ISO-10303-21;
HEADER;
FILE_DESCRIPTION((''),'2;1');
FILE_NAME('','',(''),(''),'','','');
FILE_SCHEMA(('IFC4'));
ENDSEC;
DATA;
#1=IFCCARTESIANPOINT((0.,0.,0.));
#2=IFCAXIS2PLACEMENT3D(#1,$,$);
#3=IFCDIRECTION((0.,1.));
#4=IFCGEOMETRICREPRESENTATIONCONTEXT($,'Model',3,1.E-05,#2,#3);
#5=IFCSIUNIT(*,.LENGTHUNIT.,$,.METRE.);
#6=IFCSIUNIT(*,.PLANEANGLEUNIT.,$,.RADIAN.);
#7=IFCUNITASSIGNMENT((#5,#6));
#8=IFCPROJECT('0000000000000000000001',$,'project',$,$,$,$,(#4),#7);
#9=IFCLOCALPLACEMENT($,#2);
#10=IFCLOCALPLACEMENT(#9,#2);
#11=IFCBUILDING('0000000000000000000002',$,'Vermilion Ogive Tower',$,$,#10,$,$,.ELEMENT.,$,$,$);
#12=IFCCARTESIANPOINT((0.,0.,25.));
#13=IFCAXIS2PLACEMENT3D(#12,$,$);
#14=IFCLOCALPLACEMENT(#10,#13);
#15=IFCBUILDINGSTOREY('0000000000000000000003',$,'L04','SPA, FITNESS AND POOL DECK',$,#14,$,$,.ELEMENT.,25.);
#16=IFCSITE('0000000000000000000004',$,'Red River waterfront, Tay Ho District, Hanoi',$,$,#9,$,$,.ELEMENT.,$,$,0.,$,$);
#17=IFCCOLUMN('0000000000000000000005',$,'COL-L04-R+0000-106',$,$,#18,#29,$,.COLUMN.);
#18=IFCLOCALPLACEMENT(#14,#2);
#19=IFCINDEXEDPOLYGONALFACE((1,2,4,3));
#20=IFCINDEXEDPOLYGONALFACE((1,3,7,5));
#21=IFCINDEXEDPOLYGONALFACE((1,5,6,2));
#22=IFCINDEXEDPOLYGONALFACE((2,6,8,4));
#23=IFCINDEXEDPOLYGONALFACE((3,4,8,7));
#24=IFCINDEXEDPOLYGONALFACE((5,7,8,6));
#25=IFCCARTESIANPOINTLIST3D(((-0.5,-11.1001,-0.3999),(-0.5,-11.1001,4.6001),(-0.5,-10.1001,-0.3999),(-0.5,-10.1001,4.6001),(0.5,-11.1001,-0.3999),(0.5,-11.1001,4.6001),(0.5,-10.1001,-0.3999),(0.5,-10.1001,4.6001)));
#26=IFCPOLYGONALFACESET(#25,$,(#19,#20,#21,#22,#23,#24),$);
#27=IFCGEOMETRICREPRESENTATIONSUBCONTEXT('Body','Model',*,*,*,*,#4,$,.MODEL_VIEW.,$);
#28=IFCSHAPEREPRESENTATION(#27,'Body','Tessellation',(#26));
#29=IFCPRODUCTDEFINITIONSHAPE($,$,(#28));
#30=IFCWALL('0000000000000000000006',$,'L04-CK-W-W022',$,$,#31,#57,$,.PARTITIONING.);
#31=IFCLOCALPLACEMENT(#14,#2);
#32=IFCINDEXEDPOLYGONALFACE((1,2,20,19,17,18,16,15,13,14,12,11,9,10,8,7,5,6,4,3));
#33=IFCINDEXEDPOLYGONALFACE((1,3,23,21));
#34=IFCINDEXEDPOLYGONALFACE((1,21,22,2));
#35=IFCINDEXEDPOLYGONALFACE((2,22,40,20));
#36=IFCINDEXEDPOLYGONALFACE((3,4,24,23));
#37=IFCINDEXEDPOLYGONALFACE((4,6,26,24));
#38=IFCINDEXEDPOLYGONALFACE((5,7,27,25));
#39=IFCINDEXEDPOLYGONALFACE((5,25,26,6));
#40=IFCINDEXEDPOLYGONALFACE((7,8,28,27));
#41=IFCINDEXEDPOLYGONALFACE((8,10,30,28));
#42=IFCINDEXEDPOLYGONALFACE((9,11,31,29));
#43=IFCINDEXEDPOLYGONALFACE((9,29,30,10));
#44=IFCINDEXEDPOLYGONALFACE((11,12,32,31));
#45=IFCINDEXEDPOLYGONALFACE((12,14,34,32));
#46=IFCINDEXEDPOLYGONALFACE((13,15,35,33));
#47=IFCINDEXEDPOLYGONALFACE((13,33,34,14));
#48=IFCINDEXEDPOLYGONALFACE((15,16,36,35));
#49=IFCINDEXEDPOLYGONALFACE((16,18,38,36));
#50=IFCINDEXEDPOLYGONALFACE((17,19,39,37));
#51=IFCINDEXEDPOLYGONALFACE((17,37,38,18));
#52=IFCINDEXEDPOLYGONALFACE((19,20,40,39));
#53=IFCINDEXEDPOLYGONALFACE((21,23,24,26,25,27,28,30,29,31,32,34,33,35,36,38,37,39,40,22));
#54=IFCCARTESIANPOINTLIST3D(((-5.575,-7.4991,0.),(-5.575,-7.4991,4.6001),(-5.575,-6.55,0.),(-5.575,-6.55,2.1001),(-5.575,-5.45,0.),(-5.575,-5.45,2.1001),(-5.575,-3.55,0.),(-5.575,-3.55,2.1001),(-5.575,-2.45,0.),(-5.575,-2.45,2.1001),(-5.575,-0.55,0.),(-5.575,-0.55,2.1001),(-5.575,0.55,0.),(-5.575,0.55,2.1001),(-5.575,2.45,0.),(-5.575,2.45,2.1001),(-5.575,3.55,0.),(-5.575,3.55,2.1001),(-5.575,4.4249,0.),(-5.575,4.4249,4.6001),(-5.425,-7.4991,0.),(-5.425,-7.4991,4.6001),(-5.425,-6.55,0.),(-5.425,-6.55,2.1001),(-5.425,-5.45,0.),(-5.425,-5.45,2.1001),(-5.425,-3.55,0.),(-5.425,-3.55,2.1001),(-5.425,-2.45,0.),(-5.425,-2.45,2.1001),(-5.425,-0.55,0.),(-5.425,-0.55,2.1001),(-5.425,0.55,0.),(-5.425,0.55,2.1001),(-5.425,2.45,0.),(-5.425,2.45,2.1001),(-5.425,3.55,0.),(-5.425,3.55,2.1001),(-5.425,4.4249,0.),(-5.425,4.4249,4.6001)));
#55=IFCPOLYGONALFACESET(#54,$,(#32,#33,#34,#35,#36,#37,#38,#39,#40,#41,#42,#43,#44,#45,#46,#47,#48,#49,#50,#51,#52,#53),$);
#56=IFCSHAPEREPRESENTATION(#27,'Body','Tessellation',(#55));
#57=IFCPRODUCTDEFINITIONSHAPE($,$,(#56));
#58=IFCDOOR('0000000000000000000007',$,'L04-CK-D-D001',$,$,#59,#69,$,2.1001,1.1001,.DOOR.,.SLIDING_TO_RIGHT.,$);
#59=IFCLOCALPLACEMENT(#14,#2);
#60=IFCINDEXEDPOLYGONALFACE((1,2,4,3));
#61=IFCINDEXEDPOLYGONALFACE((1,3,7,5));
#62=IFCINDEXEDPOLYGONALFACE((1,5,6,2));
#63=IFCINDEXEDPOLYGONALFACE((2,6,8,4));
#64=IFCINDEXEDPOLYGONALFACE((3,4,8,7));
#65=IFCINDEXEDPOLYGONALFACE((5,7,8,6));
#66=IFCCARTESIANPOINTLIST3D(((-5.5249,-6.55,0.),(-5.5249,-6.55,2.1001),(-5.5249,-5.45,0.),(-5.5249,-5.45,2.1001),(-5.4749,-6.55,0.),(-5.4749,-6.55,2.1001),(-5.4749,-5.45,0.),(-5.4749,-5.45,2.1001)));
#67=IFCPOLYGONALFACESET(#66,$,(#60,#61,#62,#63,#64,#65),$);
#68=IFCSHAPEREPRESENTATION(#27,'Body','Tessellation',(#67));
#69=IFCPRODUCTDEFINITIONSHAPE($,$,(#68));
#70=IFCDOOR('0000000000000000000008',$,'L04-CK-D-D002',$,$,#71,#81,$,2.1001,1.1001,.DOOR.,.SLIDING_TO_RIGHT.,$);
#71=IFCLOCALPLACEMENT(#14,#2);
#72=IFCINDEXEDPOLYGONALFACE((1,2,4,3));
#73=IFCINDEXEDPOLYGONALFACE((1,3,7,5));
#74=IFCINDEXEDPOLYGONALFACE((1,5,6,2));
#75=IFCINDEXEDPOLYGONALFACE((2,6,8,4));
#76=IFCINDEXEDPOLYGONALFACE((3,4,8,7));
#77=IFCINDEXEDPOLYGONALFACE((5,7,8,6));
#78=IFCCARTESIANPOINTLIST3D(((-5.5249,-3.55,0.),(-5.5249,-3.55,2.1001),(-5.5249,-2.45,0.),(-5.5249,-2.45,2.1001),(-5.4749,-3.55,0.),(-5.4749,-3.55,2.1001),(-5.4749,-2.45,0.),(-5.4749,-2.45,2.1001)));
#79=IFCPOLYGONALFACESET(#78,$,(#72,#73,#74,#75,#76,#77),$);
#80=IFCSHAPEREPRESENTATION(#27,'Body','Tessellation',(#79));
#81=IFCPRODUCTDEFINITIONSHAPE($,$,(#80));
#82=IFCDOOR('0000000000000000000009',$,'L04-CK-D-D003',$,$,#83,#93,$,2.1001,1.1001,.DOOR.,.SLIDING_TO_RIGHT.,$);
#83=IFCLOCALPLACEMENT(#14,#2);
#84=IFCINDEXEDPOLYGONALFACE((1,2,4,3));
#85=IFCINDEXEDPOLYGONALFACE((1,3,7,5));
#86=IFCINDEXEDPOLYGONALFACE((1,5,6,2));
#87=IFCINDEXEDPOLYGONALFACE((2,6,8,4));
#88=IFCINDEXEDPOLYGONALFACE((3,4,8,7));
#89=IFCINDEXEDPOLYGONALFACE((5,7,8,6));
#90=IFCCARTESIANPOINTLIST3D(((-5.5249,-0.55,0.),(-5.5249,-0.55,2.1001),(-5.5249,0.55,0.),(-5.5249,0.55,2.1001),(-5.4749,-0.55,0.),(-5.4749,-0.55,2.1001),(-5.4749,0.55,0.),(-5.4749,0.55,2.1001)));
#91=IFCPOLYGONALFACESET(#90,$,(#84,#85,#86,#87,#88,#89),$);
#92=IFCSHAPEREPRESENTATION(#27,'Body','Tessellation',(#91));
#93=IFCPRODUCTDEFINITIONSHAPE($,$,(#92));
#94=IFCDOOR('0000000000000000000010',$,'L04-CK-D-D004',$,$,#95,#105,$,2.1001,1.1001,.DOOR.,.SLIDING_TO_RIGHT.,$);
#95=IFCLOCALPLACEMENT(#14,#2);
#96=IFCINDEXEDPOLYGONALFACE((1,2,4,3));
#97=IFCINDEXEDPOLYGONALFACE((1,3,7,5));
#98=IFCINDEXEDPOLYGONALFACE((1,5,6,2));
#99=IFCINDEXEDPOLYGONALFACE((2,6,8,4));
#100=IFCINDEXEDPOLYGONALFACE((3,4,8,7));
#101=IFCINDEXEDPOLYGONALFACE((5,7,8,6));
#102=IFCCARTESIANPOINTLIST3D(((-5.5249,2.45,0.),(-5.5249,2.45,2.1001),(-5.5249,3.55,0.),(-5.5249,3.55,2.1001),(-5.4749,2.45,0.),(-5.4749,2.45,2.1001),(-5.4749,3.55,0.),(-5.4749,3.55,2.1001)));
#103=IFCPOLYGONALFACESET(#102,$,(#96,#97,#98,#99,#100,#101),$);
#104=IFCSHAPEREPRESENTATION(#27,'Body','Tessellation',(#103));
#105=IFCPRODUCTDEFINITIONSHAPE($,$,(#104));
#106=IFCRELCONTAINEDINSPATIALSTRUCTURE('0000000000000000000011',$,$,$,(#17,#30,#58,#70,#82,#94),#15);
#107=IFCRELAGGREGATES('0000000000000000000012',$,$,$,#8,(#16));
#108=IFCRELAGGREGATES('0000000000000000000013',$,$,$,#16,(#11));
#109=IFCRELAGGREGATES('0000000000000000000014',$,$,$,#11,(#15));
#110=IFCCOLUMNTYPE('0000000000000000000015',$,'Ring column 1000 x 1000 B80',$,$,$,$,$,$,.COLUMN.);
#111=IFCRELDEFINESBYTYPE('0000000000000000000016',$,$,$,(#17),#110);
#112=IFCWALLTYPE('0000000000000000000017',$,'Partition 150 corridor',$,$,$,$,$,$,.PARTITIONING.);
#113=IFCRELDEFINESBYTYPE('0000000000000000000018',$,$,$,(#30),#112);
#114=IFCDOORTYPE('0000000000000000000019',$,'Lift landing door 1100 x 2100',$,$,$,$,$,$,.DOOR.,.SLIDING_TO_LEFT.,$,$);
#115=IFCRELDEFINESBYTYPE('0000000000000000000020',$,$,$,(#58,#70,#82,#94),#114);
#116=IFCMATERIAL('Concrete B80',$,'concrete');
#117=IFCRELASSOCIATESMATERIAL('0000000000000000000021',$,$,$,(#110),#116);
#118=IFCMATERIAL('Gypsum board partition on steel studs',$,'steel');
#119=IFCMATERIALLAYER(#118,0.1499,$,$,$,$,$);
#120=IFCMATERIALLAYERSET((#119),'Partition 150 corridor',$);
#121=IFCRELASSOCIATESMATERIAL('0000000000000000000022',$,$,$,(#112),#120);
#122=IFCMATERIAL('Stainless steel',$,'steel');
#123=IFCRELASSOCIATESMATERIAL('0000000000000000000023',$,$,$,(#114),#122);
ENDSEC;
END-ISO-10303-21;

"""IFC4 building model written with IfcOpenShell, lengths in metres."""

from ifc_helpers import new_model, si_unit, direction, frame, frame_2d, origin, origin_2d, place, context, subcontext, project, spatial, rectangle, extrude, material, layer, layer_set, material_profile, profile_set, type_object, element, fill, save


model = new_model("IFC4")

# Units and contexts
model_context = context("Model", 3, precision=1e-05, world=origin(), true_north=direction((0.0, 1.0)))
body_context = subcontext(model_context, "Body", "Model", "MODEL_VIEW")
ifc_project = project(units=[si_unit("LENGTHUNIT", "METRE"), si_unit("PLANEANGLEUNIT", "RADIAN")], contexts=[model_context])

# Site, building, storey
site_placement = place(None, origin())
site = spatial("IfcSite", under=ifc_project, at=site_placement, Name="Red River waterfront, Tay Ho District, Hanoi", CompositionType="ELEMENT", RefElevation=0.0)
building_placement = place(site_placement, origin())
building = spatial("IfcBuilding", under=site, at=building_placement, Name="Vermilion Ogive Tower", CompositionType="ELEMENT")
storey_placement = place(building_placement, frame((0.0, 0.0, 25.0)))
storey = spatial("IfcBuildingStorey", under=building, at=storey_placement, Name="L04", Description="SPA, FITNESS AND POOL DECK", CompositionType="ELEMENT", Elevation=25.0)

# Column
ifc_material_1 = material(Name="Concrete B80", Category="concrete")
ifc_material_profile = material_profile(ifc_material_1, rectangle(XDim=1.0, YDim=1.0, at=origin_2d()), Name="1000 x 1000")
ifc_profile_set = profile_set([ifc_material_profile], Name="Concrete B80")
column_type = type_object("IfcColumnType", Name="Ring column 1000 x 1000 B80", PredefinedType="COLUMN", material=ifc_profile_set)
column_placement = place(storey_placement, frame((0.0, -10.6001, -0.3999), z_axis=(0.0, 0.0, 1.0), x_axis=(1.0, 0.0, 0.0)))
element("IfcColumn", 1, at=column_placement, inside=storey, type_object=column_type, Name="COL-L04-R+0000-106", PredefinedType="COLUMN", context=body_context, shape_type="SweptSolid", body=[
    extrude(rectangle(XDim=1.0, YDim=1.0, at=origin_2d()), origin(), (0.0, 0.0, 1.0), 5.0),
])

# Wall, openings, doors
ifc_material_2 = material(Name="Gypsum board partition on steel studs", Category="steel")
ifc_layer_1 = layer(ifc_material_2, 0.1499)
ifc_layer_set_1 = layer_set([ifc_layer_1], Name="Partition 150 corridor")
wall_type_1 = type_object("IfcWallType", Name="Partition 150 corridor", PredefinedType="PARTITIONING", material=ifc_layer_set_1)
wall_1_placement = place(storey_placement, frame((-5.5, -7.499, 0.0), z_axis=(0.0, 0.0, 1.0), x_axis=(0.0, 1.0, 0.0)))
wall_1 = element("IfcWall", 2, at=wall_1_placement, inside=storey, type_object=wall_type_1, Name="L04-CK-W-W022", PredefinedType="PARTITIONING", context=body_context, shape_type="SweptSolid", body=[
    extrude(rectangle(XDim=11.9241, YDim=0.1499, at=frame_2d((5.9619, 0.0))), origin(), (0.0, 0.0, 1.0), 4.6001),
])
opening_1_placement = place(wall_1_placement, frame((0.949, 0.0, 0.0)))
opening_1 = element("IfcOpeningElement", 3, at=opening_1_placement, cuts=wall_1, PredefinedType="OPENING", context=body_context, shape_type="SweptSolid", body=[
    extrude(rectangle(XDim=1.1001, YDim=2.1001, at=frame_2d((0.55, 1.05))), frame((0.0, 0.085, 0.0), z_axis=(0.0, -1.0, 0.0), x_axis=(1.0, 0.0, 0.0)), (0.0, 0.0, 1.0), 0.1699),
])
opening_2_placement = place(wall_1_placement, frame((3.949, 0.0, 0.0)))
opening_2 = element("IfcOpeningElement", 4, at=opening_2_placement, cuts=wall_1, PredefinedType="OPENING", context=body_context, shape_type="SweptSolid", body=[
    extrude(rectangle(XDim=1.1001, YDim=2.1001, at=frame_2d((0.55, 1.05))), frame((0.0, 0.085, 0.0), z_axis=(0.0, -1.0, 0.0), x_axis=(1.0, 0.0, 0.0)), (0.0, 0.0, 1.0), 0.1699),
])
opening_3_placement = place(wall_1_placement, frame((6.949, 0.0, 0.0)))
opening_3 = element("IfcOpeningElement", 5, at=opening_3_placement, cuts=wall_1, PredefinedType="OPENING", context=body_context, shape_type="SweptSolid", body=[
    extrude(rectangle(XDim=1.1001, YDim=2.1001, at=frame_2d((0.55, 1.05))), frame((0.0, 0.085, 0.0), z_axis=(0.0, -1.0, 0.0), x_axis=(1.0, 0.0, 0.0)), (0.0, 0.0, 1.0), 0.1699),
])
opening_4_placement = place(wall_1_placement, frame((9.949, 0.0, 0.0)))
opening_4 = element("IfcOpeningElement", 6, at=opening_4_placement, cuts=wall_1, PredefinedType="OPENING", context=body_context, shape_type="SweptSolid", body=[
    extrude(rectangle(XDim=1.1001, YDim=2.1001, at=frame_2d((0.55, 1.05))), frame((0.0, 0.085, 0.0), z_axis=(0.0, -1.0, 0.0), x_axis=(1.0, 0.0, 0.0)), (0.0, 0.0, 1.0), 0.1699),
])
ifc_material_3 = material(Name="Stainless steel", Category="steel")
door_type = type_object("IfcDoorType", Name="Lift landing door 1100 x 2100", OperationType="SLIDING_TO_LEFT", PredefinedType="DOOR", material=ifc_material_3)
door_1_placement = place(opening_1_placement, origin())
door_1 = element("IfcDoor", 7, at=door_1_placement, inside=storey, type_object=door_type, Name="L04-CK-D-D001", OperationType="SLIDING_TO_RIGHT", OverallHeight=2.1001, OverallWidth=1.1001, PredefinedType="DOOR", context=body_context, shape_type="SweptSolid", body=[
    extrude(rectangle(XDim=1.1001, YDim=2.1001, at=frame_2d((0.55, 1.05))), frame((0.0, 0.0249, 0.0), z_axis=(0.0, -1.0, 0.0), x_axis=(1.0, 0.0, 0.0)), (0.0, 0.0, 1.0), 0.05),
])
fill(opening_1, door_1)
door_2_placement = place(opening_2_placement, origin())
door_2 = element("IfcDoor", 8, at=door_2_placement, inside=storey, type_object=door_type, Name="L04-CK-D-D002", OperationType="SLIDING_TO_RIGHT", OverallHeight=2.1001, OverallWidth=1.1001, PredefinedType="DOOR", context=body_context, shape_type="SweptSolid", body=[
    extrude(rectangle(XDim=1.1001, YDim=2.1001, at=frame_2d((0.55, 1.05))), frame((0.0, 0.0249, 0.0), z_axis=(0.0, -1.0, 0.0), x_axis=(1.0, 0.0, 0.0)), (0.0, 0.0, 1.0), 0.05),
])
fill(opening_2, door_2)
door_3_placement = place(opening_3_placement, origin())
door_3 = element("IfcDoor", 9, at=door_3_placement, inside=storey, type_object=door_type, Name="L04-CK-D-D003", OperationType="SLIDING_TO_RIGHT", OverallHeight=2.1001, OverallWidth=1.1001, PredefinedType="DOOR", context=body_context, shape_type="SweptSolid", body=[
    extrude(rectangle(XDim=1.1001, YDim=2.1001, at=frame_2d((0.55, 1.05))), frame((0.0, 0.0249, 0.0), z_axis=(0.0, -1.0, 0.0), x_axis=(1.0, 0.0, 0.0)), (0.0, 0.0, 1.0), 0.05),
])
fill(opening_3, door_3)
door_4_placement = place(opening_4_placement, origin())
door_4 = element("IfcDoor", 10, at=door_4_placement, inside=storey, type_object=door_type, Name="L04-CK-D-D004", OperationType="SLIDING_TO_RIGHT", OverallHeight=2.1001, OverallWidth=1.1001, PredefinedType="DOOR", context=body_context, shape_type="SweptSolid", body=[
    extrude(rectangle(XDim=1.1001, YDim=2.1001, at=frame_2d((0.55, 1.05))), frame((0.0, 0.0249, 0.0), z_axis=(0.0, -1.0, 0.0), x_axis=(1.0, 0.0, 0.0)), (0.0, 0.0, 1.0), 0.05),
])
fill(opening_4, door_4)

save(model, "model.ifc")
